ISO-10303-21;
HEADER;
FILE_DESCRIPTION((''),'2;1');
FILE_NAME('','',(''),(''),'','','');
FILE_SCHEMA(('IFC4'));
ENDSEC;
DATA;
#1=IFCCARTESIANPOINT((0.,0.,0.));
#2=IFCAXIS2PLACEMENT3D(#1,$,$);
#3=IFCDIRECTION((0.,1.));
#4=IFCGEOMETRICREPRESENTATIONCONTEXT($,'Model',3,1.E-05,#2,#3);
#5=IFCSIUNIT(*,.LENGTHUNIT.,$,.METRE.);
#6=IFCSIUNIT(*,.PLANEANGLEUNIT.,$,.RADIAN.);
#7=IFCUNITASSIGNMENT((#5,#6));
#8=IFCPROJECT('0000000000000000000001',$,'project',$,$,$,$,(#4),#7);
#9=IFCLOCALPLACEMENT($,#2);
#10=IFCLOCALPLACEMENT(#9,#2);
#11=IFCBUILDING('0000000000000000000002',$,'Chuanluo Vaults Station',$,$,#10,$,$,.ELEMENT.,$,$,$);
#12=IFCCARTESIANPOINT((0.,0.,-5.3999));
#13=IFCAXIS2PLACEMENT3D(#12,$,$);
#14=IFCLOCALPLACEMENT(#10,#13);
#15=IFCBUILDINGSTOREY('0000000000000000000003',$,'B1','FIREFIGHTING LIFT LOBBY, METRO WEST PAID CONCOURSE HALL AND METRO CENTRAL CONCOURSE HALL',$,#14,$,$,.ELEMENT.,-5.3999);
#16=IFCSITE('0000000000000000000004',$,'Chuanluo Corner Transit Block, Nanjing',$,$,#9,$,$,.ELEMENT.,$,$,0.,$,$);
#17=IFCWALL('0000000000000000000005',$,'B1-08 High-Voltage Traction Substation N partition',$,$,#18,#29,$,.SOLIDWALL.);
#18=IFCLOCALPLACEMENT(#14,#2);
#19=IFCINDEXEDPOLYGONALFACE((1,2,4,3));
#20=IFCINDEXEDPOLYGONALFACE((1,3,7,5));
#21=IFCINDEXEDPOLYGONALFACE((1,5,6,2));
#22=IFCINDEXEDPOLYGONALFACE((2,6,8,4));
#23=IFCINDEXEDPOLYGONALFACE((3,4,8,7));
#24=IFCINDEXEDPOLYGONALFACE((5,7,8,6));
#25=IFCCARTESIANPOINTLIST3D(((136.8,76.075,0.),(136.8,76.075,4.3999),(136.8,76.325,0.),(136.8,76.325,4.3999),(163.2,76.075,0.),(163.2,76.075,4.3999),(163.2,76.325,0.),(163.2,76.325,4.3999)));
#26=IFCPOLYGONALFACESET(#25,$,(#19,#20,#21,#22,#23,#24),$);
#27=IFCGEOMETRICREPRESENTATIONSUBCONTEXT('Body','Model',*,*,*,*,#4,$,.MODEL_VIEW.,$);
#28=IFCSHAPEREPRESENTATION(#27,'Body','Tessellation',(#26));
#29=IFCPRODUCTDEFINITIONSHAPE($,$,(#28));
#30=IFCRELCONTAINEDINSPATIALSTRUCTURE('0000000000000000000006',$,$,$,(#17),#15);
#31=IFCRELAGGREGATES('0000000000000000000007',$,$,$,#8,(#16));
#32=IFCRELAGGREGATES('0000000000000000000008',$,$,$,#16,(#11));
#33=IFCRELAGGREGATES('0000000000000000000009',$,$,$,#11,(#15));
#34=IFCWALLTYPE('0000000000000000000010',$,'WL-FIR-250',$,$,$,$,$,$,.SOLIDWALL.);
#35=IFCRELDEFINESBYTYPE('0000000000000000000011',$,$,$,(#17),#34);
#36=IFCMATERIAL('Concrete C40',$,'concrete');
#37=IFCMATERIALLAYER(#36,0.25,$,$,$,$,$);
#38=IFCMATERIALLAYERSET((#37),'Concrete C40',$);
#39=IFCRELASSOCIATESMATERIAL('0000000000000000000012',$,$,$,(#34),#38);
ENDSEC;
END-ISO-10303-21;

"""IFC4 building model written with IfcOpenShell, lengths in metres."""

from ifc_helpers import new_model, si_unit, direction, frame, frame_2d, origin, place, context, subcontext, project, spatial, rectangle, extrude, material, layer, layer_set, type_object, element, save


model = new_model("IFC4")

# Units and contexts
model_context = context("Model", 3, precision=1e-05, world=origin(), true_north=direction((0.0, 1.0)))
body_context = subcontext(model_context, "Body", "Model", "MODEL_VIEW")
ifc_project = project(units=[si_unit("LENGTHUNIT", "METRE"), si_unit("PLANEANGLEUNIT", "RADIAN")], contexts=[model_context])

# Site, building, storey
site_placement = place(None, origin())
site = spatial("IfcSite", under=ifc_project, at=site_placement, Name="Chuanluo Corner Transit Block, Nanjing", CompositionType="ELEMENT", RefElevation=0.0)
building_placement = place(site_placement, origin())
building = spatial("IfcBuilding", under=site, at=building_placement, Name="Chuanluo Vaults Station", CompositionType="ELEMENT")
storey_placement = place(building_placement, frame((0.0, 0.0, -5.3999)))
storey = spatial("IfcBuildingStorey", under=building, at=storey_placement, Name="B1", Description="FIREFIGHTING LIFT LOBBY, METRO WEST PAID CONCOURSE HALL AND METRO CENTRAL CONCOURSE HALL", CompositionType="ELEMENT", Elevation=-5.3999)

# Wall
ifc_material_1 = material(Name="Concrete C40", Category="concrete")
ifc_layer = layer(ifc_material_1, 0.25)
ifc_layer_set = layer_set([ifc_layer], Name="Concrete C40")
wall_type = type_object("IfcWallType", Name="WL-FIR-250", PredefinedType="SOLIDWALL", material=ifc_layer_set)
wall_placement = place(storey_placement, frame((136.8, 76.2, 0.0), z_axis=(0.0, 0.0, 1.0), x_axis=(1.0, 0.0, 0.0)))
element("IfcWall", 1, at=wall_placement, inside=storey, type_object=wall_type, Name="B1-08 High-Voltage Traction Substation N partition", PredefinedType="SOLIDWALL", context=body_context, shape_type="SweptSolid", body=[
    extrude(rectangle(XDim=26.3999, YDim=0.25, at=frame_2d((13.2, 0.0))), origin(), (0.0, 0.0, 1.0), 4.3999),
])

save(model, "model.ifc")
